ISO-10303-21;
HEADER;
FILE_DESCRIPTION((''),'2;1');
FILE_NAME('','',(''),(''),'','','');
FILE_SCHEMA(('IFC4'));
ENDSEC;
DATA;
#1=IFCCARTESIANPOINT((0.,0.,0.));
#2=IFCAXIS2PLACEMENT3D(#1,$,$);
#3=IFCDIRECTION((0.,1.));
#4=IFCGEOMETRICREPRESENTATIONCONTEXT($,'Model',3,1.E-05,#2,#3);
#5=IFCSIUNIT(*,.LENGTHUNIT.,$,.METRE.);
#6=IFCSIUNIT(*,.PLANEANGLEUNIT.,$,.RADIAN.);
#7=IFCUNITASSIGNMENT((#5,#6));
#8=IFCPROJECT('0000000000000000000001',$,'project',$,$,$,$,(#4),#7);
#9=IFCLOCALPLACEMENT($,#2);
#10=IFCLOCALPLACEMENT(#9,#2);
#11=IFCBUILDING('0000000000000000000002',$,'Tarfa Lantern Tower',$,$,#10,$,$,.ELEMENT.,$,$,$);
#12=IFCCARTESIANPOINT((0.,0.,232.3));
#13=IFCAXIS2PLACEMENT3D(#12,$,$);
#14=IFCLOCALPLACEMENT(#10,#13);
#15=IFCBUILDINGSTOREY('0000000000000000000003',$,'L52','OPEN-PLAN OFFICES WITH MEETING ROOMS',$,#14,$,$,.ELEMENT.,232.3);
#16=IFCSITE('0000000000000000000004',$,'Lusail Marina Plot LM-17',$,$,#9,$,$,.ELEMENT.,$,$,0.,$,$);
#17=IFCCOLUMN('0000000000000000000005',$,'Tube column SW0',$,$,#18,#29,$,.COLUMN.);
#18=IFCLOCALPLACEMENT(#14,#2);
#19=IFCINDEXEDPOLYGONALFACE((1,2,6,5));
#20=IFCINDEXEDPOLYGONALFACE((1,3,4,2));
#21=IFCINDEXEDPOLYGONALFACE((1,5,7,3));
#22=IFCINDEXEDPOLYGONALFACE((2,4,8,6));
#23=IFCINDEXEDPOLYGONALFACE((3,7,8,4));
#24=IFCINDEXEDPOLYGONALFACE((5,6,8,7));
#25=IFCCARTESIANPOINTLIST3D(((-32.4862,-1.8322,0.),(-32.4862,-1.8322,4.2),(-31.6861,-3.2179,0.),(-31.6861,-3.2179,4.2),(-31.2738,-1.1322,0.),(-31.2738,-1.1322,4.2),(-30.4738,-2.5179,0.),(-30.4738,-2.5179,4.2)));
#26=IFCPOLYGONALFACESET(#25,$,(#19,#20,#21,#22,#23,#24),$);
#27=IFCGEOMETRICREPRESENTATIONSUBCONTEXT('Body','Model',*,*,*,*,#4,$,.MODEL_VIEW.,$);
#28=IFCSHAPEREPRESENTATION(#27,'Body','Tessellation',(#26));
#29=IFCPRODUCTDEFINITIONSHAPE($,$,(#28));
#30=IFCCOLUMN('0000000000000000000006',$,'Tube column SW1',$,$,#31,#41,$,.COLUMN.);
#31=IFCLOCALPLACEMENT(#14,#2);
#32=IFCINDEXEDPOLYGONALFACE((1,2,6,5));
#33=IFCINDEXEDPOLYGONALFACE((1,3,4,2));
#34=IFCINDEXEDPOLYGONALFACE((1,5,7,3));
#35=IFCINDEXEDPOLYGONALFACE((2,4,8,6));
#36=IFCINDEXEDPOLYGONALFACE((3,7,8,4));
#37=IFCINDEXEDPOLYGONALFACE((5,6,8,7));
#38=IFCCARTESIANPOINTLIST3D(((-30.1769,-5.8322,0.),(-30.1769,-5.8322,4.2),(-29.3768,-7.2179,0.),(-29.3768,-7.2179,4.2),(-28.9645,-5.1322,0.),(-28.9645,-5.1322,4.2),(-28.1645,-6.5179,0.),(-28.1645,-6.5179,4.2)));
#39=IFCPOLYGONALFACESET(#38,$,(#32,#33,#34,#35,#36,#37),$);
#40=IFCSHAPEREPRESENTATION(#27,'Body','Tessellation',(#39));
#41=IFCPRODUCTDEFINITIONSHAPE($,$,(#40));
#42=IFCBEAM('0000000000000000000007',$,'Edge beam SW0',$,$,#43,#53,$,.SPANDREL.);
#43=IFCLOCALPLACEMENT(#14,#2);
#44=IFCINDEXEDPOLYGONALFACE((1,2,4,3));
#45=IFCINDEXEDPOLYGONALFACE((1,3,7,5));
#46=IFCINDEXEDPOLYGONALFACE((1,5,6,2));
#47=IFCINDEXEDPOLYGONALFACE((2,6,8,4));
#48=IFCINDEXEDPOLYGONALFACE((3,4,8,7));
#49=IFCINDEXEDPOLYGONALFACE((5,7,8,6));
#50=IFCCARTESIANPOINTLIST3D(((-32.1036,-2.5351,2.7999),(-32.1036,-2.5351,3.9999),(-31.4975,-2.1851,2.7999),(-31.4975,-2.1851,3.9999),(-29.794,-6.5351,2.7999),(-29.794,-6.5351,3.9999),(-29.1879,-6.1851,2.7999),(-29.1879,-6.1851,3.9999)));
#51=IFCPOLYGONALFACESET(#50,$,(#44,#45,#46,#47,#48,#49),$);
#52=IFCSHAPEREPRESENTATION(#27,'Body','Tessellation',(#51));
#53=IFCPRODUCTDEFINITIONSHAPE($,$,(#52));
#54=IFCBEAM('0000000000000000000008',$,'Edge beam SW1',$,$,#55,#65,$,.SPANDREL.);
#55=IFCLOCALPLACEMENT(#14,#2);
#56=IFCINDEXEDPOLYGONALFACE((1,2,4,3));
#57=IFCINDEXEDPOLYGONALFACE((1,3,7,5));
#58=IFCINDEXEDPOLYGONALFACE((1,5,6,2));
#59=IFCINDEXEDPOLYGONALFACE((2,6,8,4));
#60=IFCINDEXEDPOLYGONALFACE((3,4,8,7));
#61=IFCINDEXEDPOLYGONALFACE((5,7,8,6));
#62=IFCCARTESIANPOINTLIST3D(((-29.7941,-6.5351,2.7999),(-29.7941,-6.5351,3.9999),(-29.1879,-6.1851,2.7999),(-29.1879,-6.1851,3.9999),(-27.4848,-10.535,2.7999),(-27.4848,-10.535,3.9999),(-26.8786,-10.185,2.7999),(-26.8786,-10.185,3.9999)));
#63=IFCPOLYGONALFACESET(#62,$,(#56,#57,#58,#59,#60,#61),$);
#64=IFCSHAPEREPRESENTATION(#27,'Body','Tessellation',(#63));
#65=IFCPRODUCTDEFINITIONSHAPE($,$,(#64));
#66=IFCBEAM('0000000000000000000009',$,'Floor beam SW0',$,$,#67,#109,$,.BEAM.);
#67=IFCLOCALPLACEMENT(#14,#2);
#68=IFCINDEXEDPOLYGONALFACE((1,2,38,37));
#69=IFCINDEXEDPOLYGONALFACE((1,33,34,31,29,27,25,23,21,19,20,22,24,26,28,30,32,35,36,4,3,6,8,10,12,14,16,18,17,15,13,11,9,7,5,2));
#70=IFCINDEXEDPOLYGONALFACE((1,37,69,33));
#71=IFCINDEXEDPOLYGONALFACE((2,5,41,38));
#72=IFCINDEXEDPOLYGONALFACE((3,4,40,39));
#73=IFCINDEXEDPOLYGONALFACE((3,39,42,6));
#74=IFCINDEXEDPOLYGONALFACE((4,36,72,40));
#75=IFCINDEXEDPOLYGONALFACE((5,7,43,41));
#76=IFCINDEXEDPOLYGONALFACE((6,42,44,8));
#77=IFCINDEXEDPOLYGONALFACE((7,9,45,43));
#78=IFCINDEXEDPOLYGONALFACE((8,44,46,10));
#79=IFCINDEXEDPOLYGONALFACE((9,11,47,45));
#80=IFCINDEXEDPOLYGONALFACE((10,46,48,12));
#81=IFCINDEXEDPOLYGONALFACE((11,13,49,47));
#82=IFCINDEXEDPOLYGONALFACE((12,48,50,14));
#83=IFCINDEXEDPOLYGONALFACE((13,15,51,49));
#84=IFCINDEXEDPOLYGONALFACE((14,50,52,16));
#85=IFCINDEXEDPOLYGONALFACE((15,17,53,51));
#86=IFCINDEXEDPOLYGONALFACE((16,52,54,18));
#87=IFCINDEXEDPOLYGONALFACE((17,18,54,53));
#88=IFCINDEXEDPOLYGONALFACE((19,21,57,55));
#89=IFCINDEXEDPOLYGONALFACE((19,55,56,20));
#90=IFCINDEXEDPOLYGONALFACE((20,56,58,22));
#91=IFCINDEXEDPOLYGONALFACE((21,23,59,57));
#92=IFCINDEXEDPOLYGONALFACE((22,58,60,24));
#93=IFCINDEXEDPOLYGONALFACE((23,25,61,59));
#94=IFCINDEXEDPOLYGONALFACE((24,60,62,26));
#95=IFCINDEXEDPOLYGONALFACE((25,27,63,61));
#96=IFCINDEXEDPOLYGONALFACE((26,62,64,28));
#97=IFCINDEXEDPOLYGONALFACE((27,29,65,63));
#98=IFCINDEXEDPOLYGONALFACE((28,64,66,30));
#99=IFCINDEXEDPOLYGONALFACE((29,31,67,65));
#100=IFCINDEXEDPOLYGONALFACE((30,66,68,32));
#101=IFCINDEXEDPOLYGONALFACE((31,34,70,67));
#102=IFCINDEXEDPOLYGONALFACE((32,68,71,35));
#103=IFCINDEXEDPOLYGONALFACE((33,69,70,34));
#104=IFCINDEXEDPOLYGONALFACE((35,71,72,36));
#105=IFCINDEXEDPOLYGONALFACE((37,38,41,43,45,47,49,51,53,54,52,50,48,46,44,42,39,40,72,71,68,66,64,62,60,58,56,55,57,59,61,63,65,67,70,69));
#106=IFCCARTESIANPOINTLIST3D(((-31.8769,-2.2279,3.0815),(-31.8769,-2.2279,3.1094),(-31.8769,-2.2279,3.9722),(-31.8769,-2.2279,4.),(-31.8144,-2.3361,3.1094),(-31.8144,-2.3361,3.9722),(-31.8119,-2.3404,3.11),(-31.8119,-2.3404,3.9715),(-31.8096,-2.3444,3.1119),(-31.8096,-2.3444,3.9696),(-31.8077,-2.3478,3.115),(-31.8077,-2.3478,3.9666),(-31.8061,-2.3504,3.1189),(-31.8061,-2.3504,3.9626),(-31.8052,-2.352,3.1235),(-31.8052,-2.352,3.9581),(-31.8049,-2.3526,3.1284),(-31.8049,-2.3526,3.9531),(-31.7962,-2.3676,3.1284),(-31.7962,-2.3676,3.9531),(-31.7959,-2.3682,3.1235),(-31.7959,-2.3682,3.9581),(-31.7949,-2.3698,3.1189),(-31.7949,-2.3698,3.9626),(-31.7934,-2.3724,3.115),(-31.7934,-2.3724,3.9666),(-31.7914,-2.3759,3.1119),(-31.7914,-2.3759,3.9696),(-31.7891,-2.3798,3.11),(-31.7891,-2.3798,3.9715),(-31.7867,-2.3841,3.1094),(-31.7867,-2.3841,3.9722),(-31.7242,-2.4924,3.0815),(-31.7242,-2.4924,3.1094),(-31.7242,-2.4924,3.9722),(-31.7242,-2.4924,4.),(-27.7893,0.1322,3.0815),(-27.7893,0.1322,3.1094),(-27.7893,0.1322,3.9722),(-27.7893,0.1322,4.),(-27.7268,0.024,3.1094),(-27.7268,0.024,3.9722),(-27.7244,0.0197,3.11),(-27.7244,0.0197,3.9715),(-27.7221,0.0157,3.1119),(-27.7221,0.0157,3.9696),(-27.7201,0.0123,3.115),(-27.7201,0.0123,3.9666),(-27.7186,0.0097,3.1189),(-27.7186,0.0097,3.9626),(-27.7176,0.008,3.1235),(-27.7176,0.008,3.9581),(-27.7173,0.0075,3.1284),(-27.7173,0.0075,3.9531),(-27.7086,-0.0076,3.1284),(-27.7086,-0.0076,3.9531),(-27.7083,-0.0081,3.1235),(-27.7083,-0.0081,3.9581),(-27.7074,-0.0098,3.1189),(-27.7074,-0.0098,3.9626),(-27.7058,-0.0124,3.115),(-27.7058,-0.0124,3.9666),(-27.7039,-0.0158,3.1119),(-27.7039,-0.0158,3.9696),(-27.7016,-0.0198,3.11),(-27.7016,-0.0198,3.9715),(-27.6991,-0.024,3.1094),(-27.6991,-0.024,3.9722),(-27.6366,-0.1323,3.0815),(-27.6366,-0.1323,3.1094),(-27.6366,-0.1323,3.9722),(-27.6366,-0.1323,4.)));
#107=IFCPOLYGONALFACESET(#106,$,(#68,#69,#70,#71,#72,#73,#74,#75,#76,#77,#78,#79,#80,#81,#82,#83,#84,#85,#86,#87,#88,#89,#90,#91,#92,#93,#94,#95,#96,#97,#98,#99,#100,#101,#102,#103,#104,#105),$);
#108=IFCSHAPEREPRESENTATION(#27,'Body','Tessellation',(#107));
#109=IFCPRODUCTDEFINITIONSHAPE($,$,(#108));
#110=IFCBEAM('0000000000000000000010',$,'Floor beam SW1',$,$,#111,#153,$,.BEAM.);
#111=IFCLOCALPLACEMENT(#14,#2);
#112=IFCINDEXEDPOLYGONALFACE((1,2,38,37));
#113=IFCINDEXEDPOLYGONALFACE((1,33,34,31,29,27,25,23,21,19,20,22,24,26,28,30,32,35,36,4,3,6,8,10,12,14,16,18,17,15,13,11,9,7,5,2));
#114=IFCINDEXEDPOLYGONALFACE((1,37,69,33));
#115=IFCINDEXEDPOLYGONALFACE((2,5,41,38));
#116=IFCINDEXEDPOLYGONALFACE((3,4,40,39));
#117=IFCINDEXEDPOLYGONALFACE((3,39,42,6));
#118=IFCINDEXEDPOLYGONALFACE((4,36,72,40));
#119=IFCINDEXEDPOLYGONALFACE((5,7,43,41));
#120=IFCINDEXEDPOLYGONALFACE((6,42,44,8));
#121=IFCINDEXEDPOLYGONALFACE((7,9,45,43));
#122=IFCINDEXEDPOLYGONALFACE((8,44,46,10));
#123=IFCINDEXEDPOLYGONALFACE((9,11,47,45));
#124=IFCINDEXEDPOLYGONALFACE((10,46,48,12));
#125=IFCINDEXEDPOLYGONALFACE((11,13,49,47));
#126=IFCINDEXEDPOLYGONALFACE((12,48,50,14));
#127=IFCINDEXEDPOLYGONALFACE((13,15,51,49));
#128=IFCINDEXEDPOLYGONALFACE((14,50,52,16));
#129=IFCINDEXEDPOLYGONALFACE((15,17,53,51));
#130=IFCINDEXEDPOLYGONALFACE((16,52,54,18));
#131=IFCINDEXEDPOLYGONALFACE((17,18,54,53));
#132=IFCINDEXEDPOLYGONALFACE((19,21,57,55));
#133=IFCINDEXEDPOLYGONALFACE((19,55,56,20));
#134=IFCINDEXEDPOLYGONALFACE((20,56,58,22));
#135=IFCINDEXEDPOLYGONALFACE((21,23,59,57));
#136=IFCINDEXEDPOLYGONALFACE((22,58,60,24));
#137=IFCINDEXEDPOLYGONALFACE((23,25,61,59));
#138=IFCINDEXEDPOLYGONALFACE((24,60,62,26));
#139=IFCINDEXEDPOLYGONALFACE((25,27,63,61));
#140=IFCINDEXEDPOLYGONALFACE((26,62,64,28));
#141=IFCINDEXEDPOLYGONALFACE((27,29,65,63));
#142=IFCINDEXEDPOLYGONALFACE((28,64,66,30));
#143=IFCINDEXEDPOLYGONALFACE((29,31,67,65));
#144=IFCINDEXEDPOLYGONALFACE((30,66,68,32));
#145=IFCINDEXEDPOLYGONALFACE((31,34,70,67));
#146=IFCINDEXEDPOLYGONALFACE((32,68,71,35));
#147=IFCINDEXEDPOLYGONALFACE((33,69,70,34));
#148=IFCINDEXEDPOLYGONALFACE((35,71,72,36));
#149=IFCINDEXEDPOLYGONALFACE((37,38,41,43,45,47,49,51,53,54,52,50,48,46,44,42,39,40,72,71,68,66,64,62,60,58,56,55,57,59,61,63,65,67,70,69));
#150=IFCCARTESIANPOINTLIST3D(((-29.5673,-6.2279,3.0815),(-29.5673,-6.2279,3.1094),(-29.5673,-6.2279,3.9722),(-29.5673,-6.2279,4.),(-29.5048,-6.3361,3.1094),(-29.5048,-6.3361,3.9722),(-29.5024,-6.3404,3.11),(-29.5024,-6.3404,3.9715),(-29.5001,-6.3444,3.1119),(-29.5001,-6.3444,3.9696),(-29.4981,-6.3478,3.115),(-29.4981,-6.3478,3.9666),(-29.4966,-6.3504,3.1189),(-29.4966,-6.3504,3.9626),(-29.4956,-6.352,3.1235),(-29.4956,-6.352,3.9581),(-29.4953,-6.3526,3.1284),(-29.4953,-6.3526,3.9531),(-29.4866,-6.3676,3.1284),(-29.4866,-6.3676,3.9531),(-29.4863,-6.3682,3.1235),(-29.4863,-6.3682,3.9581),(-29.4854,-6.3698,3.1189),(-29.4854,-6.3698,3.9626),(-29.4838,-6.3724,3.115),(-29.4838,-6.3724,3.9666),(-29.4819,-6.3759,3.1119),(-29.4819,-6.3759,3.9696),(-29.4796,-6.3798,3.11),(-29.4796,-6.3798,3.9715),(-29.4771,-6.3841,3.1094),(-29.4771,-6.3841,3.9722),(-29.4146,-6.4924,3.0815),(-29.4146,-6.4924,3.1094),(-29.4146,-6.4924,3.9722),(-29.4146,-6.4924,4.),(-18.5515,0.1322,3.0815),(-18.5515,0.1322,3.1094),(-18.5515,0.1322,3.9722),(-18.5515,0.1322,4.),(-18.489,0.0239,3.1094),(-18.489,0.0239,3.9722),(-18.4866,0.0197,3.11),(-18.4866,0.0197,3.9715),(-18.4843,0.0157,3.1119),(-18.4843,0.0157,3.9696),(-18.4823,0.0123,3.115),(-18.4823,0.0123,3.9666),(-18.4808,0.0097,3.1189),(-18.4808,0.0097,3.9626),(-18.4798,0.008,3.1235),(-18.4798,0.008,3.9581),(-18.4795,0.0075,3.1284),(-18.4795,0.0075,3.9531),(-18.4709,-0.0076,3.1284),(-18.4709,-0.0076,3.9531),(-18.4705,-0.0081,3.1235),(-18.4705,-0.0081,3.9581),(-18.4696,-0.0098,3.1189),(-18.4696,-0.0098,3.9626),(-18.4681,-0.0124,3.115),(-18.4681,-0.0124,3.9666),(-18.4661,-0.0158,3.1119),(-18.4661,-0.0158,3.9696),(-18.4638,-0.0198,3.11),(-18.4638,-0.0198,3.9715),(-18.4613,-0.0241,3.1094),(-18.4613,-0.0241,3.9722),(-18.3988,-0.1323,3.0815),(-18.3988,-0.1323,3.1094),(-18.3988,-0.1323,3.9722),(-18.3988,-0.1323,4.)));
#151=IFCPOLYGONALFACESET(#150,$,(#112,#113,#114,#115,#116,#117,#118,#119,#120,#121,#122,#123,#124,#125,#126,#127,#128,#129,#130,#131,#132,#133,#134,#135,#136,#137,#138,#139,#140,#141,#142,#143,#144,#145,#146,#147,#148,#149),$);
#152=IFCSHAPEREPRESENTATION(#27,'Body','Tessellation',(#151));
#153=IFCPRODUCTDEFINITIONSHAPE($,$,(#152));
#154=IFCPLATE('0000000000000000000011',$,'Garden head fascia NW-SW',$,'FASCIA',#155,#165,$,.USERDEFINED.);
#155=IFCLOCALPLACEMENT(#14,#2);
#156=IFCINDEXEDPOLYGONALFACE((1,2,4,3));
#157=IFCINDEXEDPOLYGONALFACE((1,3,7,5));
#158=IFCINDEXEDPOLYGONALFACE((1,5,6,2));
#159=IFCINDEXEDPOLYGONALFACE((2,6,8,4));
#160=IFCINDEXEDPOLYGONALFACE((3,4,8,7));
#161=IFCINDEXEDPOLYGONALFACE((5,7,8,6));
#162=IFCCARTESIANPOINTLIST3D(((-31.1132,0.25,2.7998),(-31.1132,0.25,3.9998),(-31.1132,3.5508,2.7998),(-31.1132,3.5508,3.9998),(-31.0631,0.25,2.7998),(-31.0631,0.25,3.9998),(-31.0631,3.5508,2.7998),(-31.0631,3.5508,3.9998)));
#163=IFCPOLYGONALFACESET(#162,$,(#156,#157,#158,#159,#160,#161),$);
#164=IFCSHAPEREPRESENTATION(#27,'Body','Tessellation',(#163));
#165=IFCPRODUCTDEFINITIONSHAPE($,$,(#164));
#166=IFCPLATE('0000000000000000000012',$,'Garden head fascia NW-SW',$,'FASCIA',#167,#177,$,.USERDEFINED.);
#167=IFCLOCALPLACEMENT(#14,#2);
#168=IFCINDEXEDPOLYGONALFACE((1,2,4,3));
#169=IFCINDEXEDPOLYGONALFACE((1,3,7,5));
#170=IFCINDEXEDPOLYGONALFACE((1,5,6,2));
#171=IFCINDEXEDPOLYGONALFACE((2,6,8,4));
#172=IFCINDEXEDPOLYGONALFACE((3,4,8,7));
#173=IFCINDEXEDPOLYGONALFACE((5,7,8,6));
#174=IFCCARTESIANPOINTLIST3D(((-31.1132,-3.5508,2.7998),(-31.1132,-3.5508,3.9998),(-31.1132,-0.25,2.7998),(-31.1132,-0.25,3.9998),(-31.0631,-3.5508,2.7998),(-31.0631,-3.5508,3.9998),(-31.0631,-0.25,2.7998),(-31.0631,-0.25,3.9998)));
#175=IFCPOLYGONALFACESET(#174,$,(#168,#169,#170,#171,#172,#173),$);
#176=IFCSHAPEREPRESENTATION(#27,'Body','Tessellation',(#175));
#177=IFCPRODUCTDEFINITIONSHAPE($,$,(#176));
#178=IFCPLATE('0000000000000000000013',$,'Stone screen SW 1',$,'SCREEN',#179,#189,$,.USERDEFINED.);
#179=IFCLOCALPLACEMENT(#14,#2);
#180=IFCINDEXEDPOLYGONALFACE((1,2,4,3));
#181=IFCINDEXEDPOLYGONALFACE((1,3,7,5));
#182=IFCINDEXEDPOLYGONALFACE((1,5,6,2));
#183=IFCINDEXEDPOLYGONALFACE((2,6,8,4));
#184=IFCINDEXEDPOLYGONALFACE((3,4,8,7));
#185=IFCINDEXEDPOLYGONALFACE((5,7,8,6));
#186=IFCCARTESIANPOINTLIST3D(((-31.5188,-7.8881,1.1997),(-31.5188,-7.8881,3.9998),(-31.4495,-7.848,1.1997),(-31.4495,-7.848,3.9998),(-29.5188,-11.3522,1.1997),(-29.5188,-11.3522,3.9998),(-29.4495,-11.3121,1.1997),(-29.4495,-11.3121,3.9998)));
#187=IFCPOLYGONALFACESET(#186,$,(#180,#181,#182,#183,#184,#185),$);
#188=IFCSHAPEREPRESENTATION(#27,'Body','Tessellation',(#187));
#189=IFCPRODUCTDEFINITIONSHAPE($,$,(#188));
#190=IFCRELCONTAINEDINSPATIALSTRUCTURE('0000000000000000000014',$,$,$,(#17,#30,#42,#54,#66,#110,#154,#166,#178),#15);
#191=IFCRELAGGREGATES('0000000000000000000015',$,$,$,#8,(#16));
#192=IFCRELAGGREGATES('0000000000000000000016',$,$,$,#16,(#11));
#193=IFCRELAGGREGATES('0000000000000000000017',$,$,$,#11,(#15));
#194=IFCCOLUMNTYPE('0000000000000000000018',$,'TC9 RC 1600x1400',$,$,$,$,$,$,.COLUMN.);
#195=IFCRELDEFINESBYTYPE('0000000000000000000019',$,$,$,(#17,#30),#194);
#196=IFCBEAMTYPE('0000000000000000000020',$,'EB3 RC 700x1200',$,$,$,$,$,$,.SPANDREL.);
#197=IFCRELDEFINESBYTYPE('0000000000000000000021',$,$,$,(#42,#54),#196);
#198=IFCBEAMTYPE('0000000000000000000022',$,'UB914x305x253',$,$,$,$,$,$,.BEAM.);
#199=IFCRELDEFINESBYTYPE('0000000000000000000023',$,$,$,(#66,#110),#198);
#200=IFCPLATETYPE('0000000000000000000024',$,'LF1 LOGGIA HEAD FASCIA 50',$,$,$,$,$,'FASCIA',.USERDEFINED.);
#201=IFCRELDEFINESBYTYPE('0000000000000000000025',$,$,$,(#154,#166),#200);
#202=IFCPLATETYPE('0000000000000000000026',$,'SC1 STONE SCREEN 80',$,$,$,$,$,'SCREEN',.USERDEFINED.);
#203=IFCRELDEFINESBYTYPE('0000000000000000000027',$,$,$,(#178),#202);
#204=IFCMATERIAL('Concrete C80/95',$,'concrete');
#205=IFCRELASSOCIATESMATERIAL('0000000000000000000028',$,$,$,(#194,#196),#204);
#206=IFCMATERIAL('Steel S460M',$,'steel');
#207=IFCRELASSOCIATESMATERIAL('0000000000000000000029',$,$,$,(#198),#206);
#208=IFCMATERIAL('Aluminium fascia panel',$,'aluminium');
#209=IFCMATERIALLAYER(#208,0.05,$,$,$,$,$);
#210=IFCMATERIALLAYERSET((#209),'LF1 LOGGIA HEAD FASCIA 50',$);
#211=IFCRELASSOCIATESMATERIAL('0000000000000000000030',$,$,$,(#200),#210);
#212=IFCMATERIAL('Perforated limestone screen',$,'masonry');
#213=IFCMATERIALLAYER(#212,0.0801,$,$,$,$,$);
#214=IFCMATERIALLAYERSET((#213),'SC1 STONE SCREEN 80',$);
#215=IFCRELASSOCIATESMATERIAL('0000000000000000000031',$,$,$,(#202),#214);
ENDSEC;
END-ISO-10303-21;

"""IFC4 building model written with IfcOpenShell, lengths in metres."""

from ifc_helpers import new_model, si_unit, direction, frame, origin, origin_2d, place, context, subcontext, project, spatial, rectangle, i_section, extrude, material, layer, layer_set, material_profile, profile_set, type_object, element, save


model = new_model("IFC4")

# Units and contexts
model_context = context("Model", 3, precision=1e-05, world=origin(), true_north=direction((0.0, 1.0)))
body_context = subcontext(model_context, "Body", "Model", "MODEL_VIEW")
ifc_project = project(units=[si_unit("LENGTHUNIT", "METRE"), si_unit("PLANEANGLEUNIT", "RADIAN")], contexts=[model_context])

# Site, building, storey
site_placement = place(None, origin())
site = spatial("IfcSite", under=ifc_project, at=site_placement, Name="Lusail Marina Plot LM-17", CompositionType="ELEMENT", RefElevation=0.0)
building_placement = place(site_placement, origin())
building = spatial("IfcBuilding", under=site, at=building_placement, Name="Tarfa Lantern Tower", CompositionType="ELEMENT")
storey_placement = place(building_placement, frame((0.0, 0.0, 232.3)))
storey = spatial("IfcBuildingStorey", under=building, at=storey_placement, Name="L52", Description="OPEN-PLAN OFFICES WITH MEETING ROOMS", CompositionType="ELEMENT", Elevation=232.3)

# Columns
ifc_material_1 = material(Name="Concrete C80/95", Category="concrete")
ifc_material_profile_1 = material_profile(ifc_material_1, rectangle(XDim=1.6001, YDim=1.3999, at=origin_2d()), Name="RC 1600x1400")
ifc_profile_set_1 = profile_set([ifc_material_profile_1], Name="Concrete C80/95")
column_type = type_object("IfcColumnType", Name="TC9 RC 1600x1400", PredefinedType="COLUMN", material=ifc_profile_set_1)
for number, where, z_axis, x_axis, name in (
    (1, (-31.48, -2.175, 0.0), (0.0, 0.0, 1.0), (0.5, -0.866025, 0.0), "Tube column SW0"),
    (2, (-29.1707, -6.175, 0.0), (0.0, 0.0, 1.0), (0.5, -0.866025, 0.0), "Tube column SW1"),
):
    element("IfcColumn", number, at=place(storey_placement, frame(where, z_axis=z_axis, x_axis=x_axis)), inside=storey, type_object=column_type, Name=name, PredefinedType="COLUMN", context=body_context, shape_type="SweptSolid", body=[
        extrude(rectangle(XDim=1.6001, YDim=1.3999, at=origin_2d()), origin(), (0.0, 0.0, 1.0), 4.2),
    ])

# Beams
ifc_material_profile_2 = material_profile(ifc_material_1, rectangle(XDim=0.7, YDim=1.2, at=origin_2d()), Name="RC 700x1200")
ifc_profile_set_2 = profile_set([ifc_material_profile_2], Name="Concrete C80/95")
beam_type_1 = type_object("IfcBeamType", Name="EB3 RC 700x1200", PredefinedType="SPANDREL", material=ifc_profile_set_2)
beam_1_placement = place(storey_placement, frame((-31.8005, -2.3601, 3.3999), z_axis=(0.500027, -0.86601, 0.0), x_axis=(0.86601, 0.500027, 0.0)))
element("IfcBeam", 3, at=beam_1_placement, inside=storey, type_object=beam_type_1, Name="Edge beam SW0", PredefinedType="SPANDREL", context=body_context, shape_type="SweptSolid", body=[
    extrude(rectangle(XDim=0.7, YDim=1.2, at=origin_2d()), origin(), (0.0, 0.0, 1.0), 4.6189),
])
beam_2_placement = place(storey_placement, frame((-29.491, -6.3601, 3.3999), z_axis=(0.499988, -0.866032, 0.0), x_axis=(0.866032, 0.499988, 0.0)))
element("IfcBeam", 4, at=beam_2_placement, inside=storey, type_object=beam_type_1, Name="Edge beam SW1", PredefinedType="SPANDREL", context=body_context, shape_type="SweptSolid", body=[
    extrude(rectangle(XDim=0.7, YDim=1.2, at=origin_2d()), origin(), (0.0, 0.0, 1.0), 4.6187),
])
ifc_material_2 = material(Name="Steel S460M", Category="steel")
ifc_material_profile_3 = material_profile(ifc_material_2, i_section(OverallWidth=0.3054, OverallDepth=0.9185, WebThickness=0.0173, FlangeThickness=0.0278, FilletRadius=0.019, at=origin_2d()), Name="UB914x305x253")
ifc_profile_set_3 = profile_set([ifc_material_profile_3], Name="Steel S460M")
beam_type_2 = type_object("IfcBeamType", Name="UB914x305x253", PredefinedType="BEAM", material=ifc_profile_set_3)
beam_3_placement = place(storey_placement, frame((-31.8005, -2.3601, 3.5408), z_axis=(0.866016, 0.500016, 0.0), x_axis=(-0.500016, 0.866016, 0.0)))
element("IfcBeam", 5, at=beam_3_placement, inside=storey, type_object=beam_type_2, Name="Floor beam SW0", PredefinedType="BEAM", context=body_context, shape_type="SweptSolid", body=[
    extrude(i_section(OverallWidth=0.3054, OverallDepth=0.9185, WebThickness=0.0173, FlangeThickness=0.0278, FilletRadius=0.019, at=origin_2d()), origin(), (0.0, 0.0, 1.0), 4.72),
])
beam_4_placement = place(storey_placement, frame((-29.491, -6.3601, 3.5408), z_axis=(0.866022, 0.500005, 0.0), x_axis=(-0.500005, 0.866022, 0.0)))
element("IfcBeam", 6, at=beam_4_placement, inside=storey, type_object=beam_type_2, Name="Floor beam SW1", PredefinedType="BEAM", context=body_context, shape_type="SweptSolid", body=[
    extrude(i_section(OverallWidth=0.3054, OverallDepth=0.9185, WebThickness=0.0173, FlangeThickness=0.0278, FilletRadius=0.019, at=origin_2d()), origin(), (0.0, 0.0, 1.0), 12.72),
])

# Plates
ifc_material_3 = material(Name="Aluminium fascia panel", Category="aluminium")
ifc_layer_1 = layer(ifc_material_3, 0.05)
ifc_layer_set_1 = layer_set([ifc_layer_1], Name="LF1 LOGGIA HEAD FASCIA 50")
plate_type_1 = type_object("IfcPlateType", Name="LF1 LOGGIA HEAD FASCIA 50", ElementType="FASCIA", PredefinedType="USERDEFINED", material=ifc_layer_set_1)
for number, where, z_axis, x_axis, name in (
    (7, (-31.0881, 1.9004, 2.7998), (0.0, 0.0, 1.0), (0.0, -1.0, 0.0), "Garden head fascia NW-SW"),
    (8, (-31.0881, -1.9004, 2.7998), (0.0, 0.0, 1.0), (0.0, -1.0, 0.0), "Garden head fascia NW-SW"),
):
    element("IfcPlate", number, at=place(storey_placement, frame(where, z_axis=z_axis, x_axis=x_axis)), inside=storey, type_object=plate_type_1, Name=name, ObjectType="FASCIA", PredefinedType="USERDEFINED", context=body_context, shape_type="SweptSolid", body=[
        extrude(rectangle(XDim=3.3008, YDim=0.05, at=origin_2d()), origin(), (0.0, 0.0, 1.0), 1.2),
    ])
ifc_material_4 = material(Name="Perforated limestone screen", Category="masonry")
ifc_layer_2 = layer(ifc_material_4, 0.0801)
ifc_layer_set_2 = layer_set([ifc_layer_2], Name="SC1 STONE SCREEN 80")
plate_type_2 = type_object("IfcPlateType", Name="SC1 STONE SCREEN 80", ElementType="SCREEN", PredefinedType="USERDEFINED", material=ifc_layer_set_2)
plate_placement = place(storey_placement, frame((-30.4841, -9.6001, 1.1997), z_axis=(0.0, 0.0, 1.0), x_axis=(0.5, -0.866025, 0.0)))
element("IfcPlate", 9, at=plate_placement, inside=storey, type_object=plate_type_2, Name="Stone screen SW 1", ObjectType="SCREEN", PredefinedType="USERDEFINED", context=body_context, shape_type="SweptSolid", body=[
    extrude(rectangle(XDim=4.0, YDim=0.0801, at=origin_2d()), origin(), (0.0, 0.0, 1.0), 2.8),
])

save(model, "model.ifc")
